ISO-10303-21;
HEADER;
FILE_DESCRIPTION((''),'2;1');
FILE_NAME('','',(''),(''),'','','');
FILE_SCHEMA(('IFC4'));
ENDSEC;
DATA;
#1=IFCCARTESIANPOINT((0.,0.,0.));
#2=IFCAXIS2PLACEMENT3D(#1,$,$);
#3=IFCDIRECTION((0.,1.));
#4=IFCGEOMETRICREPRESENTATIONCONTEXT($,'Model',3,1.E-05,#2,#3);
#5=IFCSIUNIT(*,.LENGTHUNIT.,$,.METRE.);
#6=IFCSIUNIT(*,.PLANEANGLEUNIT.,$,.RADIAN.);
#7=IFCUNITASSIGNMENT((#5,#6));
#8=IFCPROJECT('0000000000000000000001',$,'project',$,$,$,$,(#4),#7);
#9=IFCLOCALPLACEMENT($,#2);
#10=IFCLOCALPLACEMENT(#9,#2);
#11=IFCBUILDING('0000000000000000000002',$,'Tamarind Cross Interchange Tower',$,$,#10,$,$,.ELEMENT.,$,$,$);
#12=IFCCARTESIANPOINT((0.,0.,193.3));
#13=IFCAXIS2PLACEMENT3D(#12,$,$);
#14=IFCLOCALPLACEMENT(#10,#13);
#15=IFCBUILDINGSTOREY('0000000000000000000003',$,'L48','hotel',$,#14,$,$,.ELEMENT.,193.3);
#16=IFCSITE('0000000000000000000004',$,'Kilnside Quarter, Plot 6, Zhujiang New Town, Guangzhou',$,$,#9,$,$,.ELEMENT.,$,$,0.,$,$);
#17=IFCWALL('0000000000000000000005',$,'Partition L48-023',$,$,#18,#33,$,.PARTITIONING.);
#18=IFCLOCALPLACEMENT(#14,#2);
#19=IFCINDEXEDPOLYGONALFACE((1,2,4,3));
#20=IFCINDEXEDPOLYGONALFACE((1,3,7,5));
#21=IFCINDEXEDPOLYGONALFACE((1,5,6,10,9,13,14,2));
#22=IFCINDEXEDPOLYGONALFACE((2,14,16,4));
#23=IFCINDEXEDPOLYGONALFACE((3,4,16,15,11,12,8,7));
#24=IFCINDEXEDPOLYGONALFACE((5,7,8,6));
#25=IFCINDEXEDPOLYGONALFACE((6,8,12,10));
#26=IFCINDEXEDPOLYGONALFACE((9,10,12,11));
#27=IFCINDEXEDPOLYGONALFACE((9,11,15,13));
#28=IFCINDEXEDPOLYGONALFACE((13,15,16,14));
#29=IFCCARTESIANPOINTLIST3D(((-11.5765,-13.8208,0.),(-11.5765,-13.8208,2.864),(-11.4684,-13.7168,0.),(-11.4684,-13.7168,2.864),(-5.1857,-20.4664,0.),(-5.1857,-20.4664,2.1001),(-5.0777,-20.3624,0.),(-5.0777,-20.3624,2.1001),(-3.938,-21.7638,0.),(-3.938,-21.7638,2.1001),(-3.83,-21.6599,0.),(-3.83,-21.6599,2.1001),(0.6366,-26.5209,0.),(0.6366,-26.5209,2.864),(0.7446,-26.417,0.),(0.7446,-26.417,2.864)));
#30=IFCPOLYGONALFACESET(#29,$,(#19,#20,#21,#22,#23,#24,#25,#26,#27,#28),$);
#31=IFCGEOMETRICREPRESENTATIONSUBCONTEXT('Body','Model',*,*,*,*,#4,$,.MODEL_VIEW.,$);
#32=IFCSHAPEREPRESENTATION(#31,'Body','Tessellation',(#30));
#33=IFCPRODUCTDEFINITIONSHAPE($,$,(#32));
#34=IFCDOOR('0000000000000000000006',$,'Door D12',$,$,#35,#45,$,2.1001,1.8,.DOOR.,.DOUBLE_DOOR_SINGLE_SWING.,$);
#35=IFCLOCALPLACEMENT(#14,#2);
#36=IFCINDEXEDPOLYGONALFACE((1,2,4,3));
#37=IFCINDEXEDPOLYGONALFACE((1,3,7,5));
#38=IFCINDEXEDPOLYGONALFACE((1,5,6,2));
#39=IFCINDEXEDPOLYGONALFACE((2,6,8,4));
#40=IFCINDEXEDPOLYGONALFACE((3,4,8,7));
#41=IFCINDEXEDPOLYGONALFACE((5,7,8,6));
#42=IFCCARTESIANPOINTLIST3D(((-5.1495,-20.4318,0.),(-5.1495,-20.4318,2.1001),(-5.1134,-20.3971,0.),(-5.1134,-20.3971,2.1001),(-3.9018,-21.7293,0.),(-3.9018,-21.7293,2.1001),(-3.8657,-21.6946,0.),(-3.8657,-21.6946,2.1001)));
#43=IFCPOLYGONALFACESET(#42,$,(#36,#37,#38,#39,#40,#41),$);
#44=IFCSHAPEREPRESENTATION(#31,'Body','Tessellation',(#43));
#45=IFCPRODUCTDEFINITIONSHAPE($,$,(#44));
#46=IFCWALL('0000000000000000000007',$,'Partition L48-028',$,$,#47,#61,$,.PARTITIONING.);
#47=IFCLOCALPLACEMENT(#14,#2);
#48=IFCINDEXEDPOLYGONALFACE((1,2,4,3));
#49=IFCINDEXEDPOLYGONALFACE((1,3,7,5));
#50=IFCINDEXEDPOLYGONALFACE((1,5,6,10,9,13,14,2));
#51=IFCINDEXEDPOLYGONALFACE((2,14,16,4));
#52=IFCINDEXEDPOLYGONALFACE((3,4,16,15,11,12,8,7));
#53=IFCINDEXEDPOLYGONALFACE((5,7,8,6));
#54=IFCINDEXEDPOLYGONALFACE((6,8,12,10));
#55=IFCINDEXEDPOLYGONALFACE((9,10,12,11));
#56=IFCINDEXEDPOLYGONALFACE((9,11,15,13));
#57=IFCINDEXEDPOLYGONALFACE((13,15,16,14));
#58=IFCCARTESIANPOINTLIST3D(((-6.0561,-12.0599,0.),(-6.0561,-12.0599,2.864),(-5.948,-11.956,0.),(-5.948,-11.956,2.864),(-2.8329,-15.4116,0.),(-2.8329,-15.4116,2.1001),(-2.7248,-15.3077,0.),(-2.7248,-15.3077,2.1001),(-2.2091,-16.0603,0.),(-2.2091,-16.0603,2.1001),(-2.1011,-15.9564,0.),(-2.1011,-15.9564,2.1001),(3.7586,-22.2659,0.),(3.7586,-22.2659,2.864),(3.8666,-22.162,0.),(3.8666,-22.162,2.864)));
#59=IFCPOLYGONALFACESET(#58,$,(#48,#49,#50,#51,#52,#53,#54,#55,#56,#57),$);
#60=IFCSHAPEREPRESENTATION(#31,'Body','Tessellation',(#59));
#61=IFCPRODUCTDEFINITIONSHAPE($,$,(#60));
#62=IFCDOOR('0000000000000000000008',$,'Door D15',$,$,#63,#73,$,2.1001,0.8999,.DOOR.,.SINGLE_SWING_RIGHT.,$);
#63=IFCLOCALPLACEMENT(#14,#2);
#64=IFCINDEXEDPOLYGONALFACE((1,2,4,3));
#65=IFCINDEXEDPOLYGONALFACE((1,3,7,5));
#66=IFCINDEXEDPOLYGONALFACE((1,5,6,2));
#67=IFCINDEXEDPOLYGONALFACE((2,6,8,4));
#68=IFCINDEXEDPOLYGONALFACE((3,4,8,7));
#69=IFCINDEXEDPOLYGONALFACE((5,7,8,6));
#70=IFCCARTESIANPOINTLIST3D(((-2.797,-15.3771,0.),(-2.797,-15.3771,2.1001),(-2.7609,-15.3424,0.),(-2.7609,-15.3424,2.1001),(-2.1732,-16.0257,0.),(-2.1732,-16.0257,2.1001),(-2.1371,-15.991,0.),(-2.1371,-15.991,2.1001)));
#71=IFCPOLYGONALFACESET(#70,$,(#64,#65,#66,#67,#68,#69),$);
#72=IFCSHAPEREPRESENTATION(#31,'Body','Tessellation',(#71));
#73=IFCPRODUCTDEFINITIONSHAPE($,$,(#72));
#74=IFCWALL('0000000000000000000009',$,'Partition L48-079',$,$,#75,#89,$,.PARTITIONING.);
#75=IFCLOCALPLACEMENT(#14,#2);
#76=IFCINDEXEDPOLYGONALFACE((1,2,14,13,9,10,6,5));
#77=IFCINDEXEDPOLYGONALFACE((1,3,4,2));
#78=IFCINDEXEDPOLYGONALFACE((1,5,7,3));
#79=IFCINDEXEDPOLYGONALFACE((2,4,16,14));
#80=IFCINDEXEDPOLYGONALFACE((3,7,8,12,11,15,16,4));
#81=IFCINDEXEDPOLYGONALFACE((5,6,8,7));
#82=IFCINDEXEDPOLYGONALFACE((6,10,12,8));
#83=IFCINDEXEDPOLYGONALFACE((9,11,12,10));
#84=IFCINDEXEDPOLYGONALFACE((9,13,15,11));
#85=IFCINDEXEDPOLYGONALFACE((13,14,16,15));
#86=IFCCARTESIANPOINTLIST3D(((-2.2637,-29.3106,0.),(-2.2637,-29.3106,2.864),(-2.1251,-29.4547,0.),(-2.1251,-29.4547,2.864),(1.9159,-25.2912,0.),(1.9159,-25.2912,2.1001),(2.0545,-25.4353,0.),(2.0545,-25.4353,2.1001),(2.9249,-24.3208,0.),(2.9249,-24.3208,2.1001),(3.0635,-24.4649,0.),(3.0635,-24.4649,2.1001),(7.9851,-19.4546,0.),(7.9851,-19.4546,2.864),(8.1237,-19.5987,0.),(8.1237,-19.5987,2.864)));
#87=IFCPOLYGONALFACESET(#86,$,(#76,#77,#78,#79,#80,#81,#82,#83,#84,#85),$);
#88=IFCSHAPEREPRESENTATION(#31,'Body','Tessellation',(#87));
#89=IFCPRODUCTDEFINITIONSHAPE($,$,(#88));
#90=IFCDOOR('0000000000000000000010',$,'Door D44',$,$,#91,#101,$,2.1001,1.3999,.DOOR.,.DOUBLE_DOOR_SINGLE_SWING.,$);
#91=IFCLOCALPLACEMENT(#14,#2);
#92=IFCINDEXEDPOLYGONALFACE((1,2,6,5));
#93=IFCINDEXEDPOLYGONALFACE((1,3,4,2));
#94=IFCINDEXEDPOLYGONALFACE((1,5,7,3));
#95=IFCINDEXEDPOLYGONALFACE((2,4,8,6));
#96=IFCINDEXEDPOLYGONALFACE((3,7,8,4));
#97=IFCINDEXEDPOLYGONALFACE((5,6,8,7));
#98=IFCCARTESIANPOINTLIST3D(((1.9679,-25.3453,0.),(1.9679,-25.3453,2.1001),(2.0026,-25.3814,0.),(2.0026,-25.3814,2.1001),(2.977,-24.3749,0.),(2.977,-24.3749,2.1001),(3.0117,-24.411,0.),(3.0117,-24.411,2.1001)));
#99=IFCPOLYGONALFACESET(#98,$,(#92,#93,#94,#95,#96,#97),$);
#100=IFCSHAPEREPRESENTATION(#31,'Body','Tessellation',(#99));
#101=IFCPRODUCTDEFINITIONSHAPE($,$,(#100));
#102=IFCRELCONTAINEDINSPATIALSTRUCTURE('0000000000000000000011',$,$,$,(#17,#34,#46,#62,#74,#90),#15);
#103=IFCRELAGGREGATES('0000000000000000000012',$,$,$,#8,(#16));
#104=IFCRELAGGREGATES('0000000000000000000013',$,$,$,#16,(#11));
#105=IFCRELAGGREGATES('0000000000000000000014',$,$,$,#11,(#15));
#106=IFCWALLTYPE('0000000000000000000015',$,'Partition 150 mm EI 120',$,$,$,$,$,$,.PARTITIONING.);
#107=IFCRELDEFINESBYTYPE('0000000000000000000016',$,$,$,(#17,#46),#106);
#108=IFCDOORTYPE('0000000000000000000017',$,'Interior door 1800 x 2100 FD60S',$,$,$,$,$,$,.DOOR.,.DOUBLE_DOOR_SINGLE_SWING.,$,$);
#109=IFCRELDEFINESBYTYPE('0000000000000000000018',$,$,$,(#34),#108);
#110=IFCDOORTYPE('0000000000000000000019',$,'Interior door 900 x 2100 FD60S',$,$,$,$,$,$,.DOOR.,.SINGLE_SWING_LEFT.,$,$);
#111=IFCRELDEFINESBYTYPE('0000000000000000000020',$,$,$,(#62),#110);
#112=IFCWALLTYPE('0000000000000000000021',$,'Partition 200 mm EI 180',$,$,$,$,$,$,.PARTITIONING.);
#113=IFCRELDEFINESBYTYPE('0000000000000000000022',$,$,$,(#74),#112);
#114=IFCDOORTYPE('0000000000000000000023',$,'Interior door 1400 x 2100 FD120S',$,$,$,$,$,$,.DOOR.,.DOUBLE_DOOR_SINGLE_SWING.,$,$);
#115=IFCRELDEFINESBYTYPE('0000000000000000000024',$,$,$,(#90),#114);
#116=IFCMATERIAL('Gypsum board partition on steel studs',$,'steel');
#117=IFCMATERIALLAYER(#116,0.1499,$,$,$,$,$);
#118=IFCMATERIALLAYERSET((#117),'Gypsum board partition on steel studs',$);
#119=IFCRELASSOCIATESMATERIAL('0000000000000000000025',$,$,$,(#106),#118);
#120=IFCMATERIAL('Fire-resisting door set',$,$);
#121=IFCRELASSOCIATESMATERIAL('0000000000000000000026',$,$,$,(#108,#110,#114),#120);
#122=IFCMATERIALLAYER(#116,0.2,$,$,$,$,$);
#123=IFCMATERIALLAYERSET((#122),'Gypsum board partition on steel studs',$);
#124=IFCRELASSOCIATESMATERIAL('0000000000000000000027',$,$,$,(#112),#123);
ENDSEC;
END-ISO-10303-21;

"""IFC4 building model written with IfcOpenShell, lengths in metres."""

from ifc_helpers import new_model, si_unit, direction, frame, frame_2d, origin, place, context, subcontext, project, spatial, rectangle, extrude, material, layer, layer_set, type_object, element, fill, save


model = new_model("IFC4")

# Units and contexts
model_context = context("Model", 3, precision=1e-05, world=origin(), true_north=direction((0.0, 1.0)))
body_context = subcontext(model_context, "Body", "Model", "MODEL_VIEW")
ifc_project = project(units=[si_unit("LENGTHUNIT", "METRE"), si_unit("PLANEANGLEUNIT", "RADIAN")], contexts=[model_context])

# Site, building, storey
site_placement = place(None, origin())
site = spatial("IfcSite", under=ifc_project, at=site_placement, Name="Kilnside Quarter, Plot 6, Zhujiang New Town, Guangzhou", CompositionType="ELEMENT", RefElevation=0.0)
building_placement = place(site_placement, origin())
building = spatial("IfcBuilding", under=site, at=building_placement, Name="Tamarind Cross Interchange Tower", CompositionType="ELEMENT")
storey_placement = place(building_placement, frame((0.0, 0.0, 193.3)))
storey = spatial("IfcBuildingStorey", under=building, at=storey_placement, Name="L48", Description="hotel", CompositionType="ELEMENT", Elevation=193.3)

# Shared definitions
ifc_material_1 = material(Name="Gypsum board partition on steel studs", Category="steel")

# Walls, openings, doors
ifc_layer_1 = layer(ifc_material_1, 0.1499)
ifc_layer_set_1 = layer_set([ifc_layer_1], Name="Gypsum board partition on steel studs")
wall_type_1 = type_object("IfcWallType", Name="Partition 150 mm EI 120", PredefinedType="PARTITIONING", material=ifc_layer_set_1)
wall_1_placement = place(storey_placement, frame((-11.5225, -13.7688, 0.0), z_axis=(0.0, 0.0, 1.0), x_axis=(0.69315, -0.720793, 0.0)))
wall_1 = element("IfcWall", 1, at=wall_1_placement, inside=storey, type_object=wall_type_1, Name="Partition L48-023", PredefinedType="PARTITIONING", context=body_context, shape_type="SweptSolid", body=[
    extrude(rectangle(XDim=17.6196, YDim=0.1499, at=frame_2d((8.8098, 0.0))), origin(), (0.0, 0.0, 1.0), 2.864),
])
opening_1_placement = place(wall_1_placement, frame((9.22, 0.0, 0.0)))
opening_1 = element("IfcOpeningElement", 2, at=opening_1_placement, cuts=wall_1, PredefinedType="OPENING", context=body_context, shape_type="SweptSolid", body=[
    extrude(rectangle(XDim=1.8, YDim=2.1001, at=frame_2d((0.8999, 1.05))), frame((0.0, 0.085, 0.0), z_axis=(0.0, -1.0, 0.0), x_axis=(1.0, 0.0, 0.0)), (0.0, 0.0, 1.0), 0.1699),
])
ifc_material_2 = material(Name="Fire-resisting door set")
door_type_1 = type_object("IfcDoorType", Name="Interior door 1800 x 2100 FD60S", OperationType="DOUBLE_DOOR_SINGLE_SWING", PredefinedType="DOOR", material=ifc_material_2)
door_1_placement = place(opening_1_placement, frame((1.8, 0.0, 0.0), z_axis=(0.0, 0.0, 1.0), x_axis=(-1.0, 0.0, 0.0)))
door_1 = element("IfcDoor", 3, at=door_1_placement, inside=storey, type_object=door_type_1, Name="Door D12", OperationType="DOUBLE_DOOR_SINGLE_SWING", OverallHeight=2.1001, OverallWidth=1.8, PredefinedType="DOOR", context=body_context, shape_type="SweptSolid", body=[
    extrude(rectangle(XDim=1.8, YDim=2.1001, at=frame_2d((0.8999, 1.05))), frame((0.0, 0.0249, 0.0), z_axis=(0.0, -1.0, 0.0), x_axis=(1.0, 0.0, 0.0)), (0.0, 0.0, 1.0), 0.05),
])
fill(opening_1, door_1)
wall_2_placement = place(storey_placement, frame((-6.002, -12.0081, 0.0), z_axis=(0.0, 0.0, 1.0), x_axis=(0.693152, -0.720791, 0.0)))
wall_2 = element("IfcWall", 4, at=wall_2_placement, inside=storey, type_object=wall_type_1, Name="Partition L48-028", PredefinedType="PARTITIONING", context=body_context, shape_type="SweptSolid", body=[
    extrude(rectangle(XDim=14.1594, YDim=0.1499, at=frame_2d((7.0796, 0.0))), origin(), (0.0, 0.0, 1.0), 2.864),
])
opening_2_placement = place(wall_2_placement, frame((4.6499, 0.0, 0.0)))
opening_2 = element("IfcOpeningElement", 5, at=opening_2_placement, cuts=wall_2, PredefinedType="OPENING", context=body_context, shape_type="SweptSolid", body=[
    extrude(rectangle(XDim=0.8999, YDim=2.1001, at=frame_2d((0.45, 1.05))), frame((0.0, 0.085, 0.0), z_axis=(0.0, -1.0, 0.0), x_axis=(1.0, 0.0, 0.0)), (0.0, 0.0, 1.0), 0.1699),
])
door_type_2 = type_object("IfcDoorType", Name="Interior door 900 x 2100 FD60S", OperationType="SINGLE_SWING_LEFT", PredefinedType="DOOR", material=ifc_material_2)
door_2_placement = place(opening_2_placement, origin())
door_2 = element("IfcDoor", 6, at=door_2_placement, inside=storey, type_object=door_type_2, Name="Door D15", OperationType="SINGLE_SWING_RIGHT", OverallHeight=2.1001, OverallWidth=0.8999, PredefinedType="DOOR", context=body_context, shape_type="SweptSolid", body=[
    extrude(rectangle(XDim=0.8999, YDim=2.1001, at=frame_2d((0.45, 1.05))), frame((0.0, 0.0249, 0.0), z_axis=(0.0, -1.0, 0.0), x_axis=(1.0, 0.0, 0.0)), (0.0, 0.0, 1.0), 0.05),
])
fill(opening_2, door_2)
ifc_layer_2 = layer(ifc_material_1, 0.2)
ifc_layer_set_2 = layer_set([ifc_layer_2], Name="Gypsum board partition on steel studs")
wall_type_2 = type_object("IfcWallType", Name="Partition 200 mm EI 180", PredefinedType="PARTITIONING", material=ifc_layer_set_2)
wall_3_placement = place(storey_placement, frame((-2.1943, -29.3826, 0.0), z_axis=(0.0, 0.0, 1.0), x_axis=(0.720785, 0.693158, 0.0)))
wall_3 = element("IfcWall", 7, at=wall_3_placement, inside=storey, type_object=wall_type_2, Name="Partition L48-079", PredefinedType="PARTITIONING", context=body_context, shape_type="SweptSolid", body=[
    extrude(rectangle(XDim=14.219, YDim=0.2, at=frame_2d((7.1094, 0.0))), origin(), (0.0, 0.0, 1.0), 2.864),
])
opening_3_placement = place(wall_3_placement, frame((5.7986, 0.0, 0.0)))
opening_3 = element("IfcOpeningElement", 8, at=opening_3_placement, cuts=wall_3, PredefinedType="OPENING", context=body_context, shape_type="SweptSolid", body=[
    extrude(rectangle(XDim=1.3999, YDim=2.1001, at=frame_2d((0.7, 1.05))), frame((0.0, 0.1099, 0.0), z_axis=(0.0, -1.0, 0.0), x_axis=(1.0, 0.0, 0.0)), (0.0, 0.0, 1.0), 0.22),
])
door_type_3 = type_object("IfcDoorType", Name="Interior door 1400 x 2100 FD120S", OperationType="DOUBLE_DOOR_SINGLE_SWING", PredefinedType="DOOR", material=ifc_material_2)
door_3_placement = place(opening_3_placement, origin())
door_3 = element("IfcDoor", 9, at=door_3_placement, inside=storey, type_object=door_type_3, Name="Door D44", OperationType="DOUBLE_DOOR_SINGLE_SWING", OverallHeight=2.1001, OverallWidth=1.3999, PredefinedType="DOOR", context=body_context, shape_type="SweptSolid", body=[
    extrude(rectangle(XDim=1.3999, YDim=2.1001, at=frame_2d((0.7, 1.05))), frame((0.0, 0.0249, 0.0), z_axis=(0.0, -1.0, 0.0), x_axis=(1.0, 0.0, 0.0)), (0.0, 0.0, 1.0), 0.05),
])
fill(opening_3, door_3)

save(model, "model.ifc")
